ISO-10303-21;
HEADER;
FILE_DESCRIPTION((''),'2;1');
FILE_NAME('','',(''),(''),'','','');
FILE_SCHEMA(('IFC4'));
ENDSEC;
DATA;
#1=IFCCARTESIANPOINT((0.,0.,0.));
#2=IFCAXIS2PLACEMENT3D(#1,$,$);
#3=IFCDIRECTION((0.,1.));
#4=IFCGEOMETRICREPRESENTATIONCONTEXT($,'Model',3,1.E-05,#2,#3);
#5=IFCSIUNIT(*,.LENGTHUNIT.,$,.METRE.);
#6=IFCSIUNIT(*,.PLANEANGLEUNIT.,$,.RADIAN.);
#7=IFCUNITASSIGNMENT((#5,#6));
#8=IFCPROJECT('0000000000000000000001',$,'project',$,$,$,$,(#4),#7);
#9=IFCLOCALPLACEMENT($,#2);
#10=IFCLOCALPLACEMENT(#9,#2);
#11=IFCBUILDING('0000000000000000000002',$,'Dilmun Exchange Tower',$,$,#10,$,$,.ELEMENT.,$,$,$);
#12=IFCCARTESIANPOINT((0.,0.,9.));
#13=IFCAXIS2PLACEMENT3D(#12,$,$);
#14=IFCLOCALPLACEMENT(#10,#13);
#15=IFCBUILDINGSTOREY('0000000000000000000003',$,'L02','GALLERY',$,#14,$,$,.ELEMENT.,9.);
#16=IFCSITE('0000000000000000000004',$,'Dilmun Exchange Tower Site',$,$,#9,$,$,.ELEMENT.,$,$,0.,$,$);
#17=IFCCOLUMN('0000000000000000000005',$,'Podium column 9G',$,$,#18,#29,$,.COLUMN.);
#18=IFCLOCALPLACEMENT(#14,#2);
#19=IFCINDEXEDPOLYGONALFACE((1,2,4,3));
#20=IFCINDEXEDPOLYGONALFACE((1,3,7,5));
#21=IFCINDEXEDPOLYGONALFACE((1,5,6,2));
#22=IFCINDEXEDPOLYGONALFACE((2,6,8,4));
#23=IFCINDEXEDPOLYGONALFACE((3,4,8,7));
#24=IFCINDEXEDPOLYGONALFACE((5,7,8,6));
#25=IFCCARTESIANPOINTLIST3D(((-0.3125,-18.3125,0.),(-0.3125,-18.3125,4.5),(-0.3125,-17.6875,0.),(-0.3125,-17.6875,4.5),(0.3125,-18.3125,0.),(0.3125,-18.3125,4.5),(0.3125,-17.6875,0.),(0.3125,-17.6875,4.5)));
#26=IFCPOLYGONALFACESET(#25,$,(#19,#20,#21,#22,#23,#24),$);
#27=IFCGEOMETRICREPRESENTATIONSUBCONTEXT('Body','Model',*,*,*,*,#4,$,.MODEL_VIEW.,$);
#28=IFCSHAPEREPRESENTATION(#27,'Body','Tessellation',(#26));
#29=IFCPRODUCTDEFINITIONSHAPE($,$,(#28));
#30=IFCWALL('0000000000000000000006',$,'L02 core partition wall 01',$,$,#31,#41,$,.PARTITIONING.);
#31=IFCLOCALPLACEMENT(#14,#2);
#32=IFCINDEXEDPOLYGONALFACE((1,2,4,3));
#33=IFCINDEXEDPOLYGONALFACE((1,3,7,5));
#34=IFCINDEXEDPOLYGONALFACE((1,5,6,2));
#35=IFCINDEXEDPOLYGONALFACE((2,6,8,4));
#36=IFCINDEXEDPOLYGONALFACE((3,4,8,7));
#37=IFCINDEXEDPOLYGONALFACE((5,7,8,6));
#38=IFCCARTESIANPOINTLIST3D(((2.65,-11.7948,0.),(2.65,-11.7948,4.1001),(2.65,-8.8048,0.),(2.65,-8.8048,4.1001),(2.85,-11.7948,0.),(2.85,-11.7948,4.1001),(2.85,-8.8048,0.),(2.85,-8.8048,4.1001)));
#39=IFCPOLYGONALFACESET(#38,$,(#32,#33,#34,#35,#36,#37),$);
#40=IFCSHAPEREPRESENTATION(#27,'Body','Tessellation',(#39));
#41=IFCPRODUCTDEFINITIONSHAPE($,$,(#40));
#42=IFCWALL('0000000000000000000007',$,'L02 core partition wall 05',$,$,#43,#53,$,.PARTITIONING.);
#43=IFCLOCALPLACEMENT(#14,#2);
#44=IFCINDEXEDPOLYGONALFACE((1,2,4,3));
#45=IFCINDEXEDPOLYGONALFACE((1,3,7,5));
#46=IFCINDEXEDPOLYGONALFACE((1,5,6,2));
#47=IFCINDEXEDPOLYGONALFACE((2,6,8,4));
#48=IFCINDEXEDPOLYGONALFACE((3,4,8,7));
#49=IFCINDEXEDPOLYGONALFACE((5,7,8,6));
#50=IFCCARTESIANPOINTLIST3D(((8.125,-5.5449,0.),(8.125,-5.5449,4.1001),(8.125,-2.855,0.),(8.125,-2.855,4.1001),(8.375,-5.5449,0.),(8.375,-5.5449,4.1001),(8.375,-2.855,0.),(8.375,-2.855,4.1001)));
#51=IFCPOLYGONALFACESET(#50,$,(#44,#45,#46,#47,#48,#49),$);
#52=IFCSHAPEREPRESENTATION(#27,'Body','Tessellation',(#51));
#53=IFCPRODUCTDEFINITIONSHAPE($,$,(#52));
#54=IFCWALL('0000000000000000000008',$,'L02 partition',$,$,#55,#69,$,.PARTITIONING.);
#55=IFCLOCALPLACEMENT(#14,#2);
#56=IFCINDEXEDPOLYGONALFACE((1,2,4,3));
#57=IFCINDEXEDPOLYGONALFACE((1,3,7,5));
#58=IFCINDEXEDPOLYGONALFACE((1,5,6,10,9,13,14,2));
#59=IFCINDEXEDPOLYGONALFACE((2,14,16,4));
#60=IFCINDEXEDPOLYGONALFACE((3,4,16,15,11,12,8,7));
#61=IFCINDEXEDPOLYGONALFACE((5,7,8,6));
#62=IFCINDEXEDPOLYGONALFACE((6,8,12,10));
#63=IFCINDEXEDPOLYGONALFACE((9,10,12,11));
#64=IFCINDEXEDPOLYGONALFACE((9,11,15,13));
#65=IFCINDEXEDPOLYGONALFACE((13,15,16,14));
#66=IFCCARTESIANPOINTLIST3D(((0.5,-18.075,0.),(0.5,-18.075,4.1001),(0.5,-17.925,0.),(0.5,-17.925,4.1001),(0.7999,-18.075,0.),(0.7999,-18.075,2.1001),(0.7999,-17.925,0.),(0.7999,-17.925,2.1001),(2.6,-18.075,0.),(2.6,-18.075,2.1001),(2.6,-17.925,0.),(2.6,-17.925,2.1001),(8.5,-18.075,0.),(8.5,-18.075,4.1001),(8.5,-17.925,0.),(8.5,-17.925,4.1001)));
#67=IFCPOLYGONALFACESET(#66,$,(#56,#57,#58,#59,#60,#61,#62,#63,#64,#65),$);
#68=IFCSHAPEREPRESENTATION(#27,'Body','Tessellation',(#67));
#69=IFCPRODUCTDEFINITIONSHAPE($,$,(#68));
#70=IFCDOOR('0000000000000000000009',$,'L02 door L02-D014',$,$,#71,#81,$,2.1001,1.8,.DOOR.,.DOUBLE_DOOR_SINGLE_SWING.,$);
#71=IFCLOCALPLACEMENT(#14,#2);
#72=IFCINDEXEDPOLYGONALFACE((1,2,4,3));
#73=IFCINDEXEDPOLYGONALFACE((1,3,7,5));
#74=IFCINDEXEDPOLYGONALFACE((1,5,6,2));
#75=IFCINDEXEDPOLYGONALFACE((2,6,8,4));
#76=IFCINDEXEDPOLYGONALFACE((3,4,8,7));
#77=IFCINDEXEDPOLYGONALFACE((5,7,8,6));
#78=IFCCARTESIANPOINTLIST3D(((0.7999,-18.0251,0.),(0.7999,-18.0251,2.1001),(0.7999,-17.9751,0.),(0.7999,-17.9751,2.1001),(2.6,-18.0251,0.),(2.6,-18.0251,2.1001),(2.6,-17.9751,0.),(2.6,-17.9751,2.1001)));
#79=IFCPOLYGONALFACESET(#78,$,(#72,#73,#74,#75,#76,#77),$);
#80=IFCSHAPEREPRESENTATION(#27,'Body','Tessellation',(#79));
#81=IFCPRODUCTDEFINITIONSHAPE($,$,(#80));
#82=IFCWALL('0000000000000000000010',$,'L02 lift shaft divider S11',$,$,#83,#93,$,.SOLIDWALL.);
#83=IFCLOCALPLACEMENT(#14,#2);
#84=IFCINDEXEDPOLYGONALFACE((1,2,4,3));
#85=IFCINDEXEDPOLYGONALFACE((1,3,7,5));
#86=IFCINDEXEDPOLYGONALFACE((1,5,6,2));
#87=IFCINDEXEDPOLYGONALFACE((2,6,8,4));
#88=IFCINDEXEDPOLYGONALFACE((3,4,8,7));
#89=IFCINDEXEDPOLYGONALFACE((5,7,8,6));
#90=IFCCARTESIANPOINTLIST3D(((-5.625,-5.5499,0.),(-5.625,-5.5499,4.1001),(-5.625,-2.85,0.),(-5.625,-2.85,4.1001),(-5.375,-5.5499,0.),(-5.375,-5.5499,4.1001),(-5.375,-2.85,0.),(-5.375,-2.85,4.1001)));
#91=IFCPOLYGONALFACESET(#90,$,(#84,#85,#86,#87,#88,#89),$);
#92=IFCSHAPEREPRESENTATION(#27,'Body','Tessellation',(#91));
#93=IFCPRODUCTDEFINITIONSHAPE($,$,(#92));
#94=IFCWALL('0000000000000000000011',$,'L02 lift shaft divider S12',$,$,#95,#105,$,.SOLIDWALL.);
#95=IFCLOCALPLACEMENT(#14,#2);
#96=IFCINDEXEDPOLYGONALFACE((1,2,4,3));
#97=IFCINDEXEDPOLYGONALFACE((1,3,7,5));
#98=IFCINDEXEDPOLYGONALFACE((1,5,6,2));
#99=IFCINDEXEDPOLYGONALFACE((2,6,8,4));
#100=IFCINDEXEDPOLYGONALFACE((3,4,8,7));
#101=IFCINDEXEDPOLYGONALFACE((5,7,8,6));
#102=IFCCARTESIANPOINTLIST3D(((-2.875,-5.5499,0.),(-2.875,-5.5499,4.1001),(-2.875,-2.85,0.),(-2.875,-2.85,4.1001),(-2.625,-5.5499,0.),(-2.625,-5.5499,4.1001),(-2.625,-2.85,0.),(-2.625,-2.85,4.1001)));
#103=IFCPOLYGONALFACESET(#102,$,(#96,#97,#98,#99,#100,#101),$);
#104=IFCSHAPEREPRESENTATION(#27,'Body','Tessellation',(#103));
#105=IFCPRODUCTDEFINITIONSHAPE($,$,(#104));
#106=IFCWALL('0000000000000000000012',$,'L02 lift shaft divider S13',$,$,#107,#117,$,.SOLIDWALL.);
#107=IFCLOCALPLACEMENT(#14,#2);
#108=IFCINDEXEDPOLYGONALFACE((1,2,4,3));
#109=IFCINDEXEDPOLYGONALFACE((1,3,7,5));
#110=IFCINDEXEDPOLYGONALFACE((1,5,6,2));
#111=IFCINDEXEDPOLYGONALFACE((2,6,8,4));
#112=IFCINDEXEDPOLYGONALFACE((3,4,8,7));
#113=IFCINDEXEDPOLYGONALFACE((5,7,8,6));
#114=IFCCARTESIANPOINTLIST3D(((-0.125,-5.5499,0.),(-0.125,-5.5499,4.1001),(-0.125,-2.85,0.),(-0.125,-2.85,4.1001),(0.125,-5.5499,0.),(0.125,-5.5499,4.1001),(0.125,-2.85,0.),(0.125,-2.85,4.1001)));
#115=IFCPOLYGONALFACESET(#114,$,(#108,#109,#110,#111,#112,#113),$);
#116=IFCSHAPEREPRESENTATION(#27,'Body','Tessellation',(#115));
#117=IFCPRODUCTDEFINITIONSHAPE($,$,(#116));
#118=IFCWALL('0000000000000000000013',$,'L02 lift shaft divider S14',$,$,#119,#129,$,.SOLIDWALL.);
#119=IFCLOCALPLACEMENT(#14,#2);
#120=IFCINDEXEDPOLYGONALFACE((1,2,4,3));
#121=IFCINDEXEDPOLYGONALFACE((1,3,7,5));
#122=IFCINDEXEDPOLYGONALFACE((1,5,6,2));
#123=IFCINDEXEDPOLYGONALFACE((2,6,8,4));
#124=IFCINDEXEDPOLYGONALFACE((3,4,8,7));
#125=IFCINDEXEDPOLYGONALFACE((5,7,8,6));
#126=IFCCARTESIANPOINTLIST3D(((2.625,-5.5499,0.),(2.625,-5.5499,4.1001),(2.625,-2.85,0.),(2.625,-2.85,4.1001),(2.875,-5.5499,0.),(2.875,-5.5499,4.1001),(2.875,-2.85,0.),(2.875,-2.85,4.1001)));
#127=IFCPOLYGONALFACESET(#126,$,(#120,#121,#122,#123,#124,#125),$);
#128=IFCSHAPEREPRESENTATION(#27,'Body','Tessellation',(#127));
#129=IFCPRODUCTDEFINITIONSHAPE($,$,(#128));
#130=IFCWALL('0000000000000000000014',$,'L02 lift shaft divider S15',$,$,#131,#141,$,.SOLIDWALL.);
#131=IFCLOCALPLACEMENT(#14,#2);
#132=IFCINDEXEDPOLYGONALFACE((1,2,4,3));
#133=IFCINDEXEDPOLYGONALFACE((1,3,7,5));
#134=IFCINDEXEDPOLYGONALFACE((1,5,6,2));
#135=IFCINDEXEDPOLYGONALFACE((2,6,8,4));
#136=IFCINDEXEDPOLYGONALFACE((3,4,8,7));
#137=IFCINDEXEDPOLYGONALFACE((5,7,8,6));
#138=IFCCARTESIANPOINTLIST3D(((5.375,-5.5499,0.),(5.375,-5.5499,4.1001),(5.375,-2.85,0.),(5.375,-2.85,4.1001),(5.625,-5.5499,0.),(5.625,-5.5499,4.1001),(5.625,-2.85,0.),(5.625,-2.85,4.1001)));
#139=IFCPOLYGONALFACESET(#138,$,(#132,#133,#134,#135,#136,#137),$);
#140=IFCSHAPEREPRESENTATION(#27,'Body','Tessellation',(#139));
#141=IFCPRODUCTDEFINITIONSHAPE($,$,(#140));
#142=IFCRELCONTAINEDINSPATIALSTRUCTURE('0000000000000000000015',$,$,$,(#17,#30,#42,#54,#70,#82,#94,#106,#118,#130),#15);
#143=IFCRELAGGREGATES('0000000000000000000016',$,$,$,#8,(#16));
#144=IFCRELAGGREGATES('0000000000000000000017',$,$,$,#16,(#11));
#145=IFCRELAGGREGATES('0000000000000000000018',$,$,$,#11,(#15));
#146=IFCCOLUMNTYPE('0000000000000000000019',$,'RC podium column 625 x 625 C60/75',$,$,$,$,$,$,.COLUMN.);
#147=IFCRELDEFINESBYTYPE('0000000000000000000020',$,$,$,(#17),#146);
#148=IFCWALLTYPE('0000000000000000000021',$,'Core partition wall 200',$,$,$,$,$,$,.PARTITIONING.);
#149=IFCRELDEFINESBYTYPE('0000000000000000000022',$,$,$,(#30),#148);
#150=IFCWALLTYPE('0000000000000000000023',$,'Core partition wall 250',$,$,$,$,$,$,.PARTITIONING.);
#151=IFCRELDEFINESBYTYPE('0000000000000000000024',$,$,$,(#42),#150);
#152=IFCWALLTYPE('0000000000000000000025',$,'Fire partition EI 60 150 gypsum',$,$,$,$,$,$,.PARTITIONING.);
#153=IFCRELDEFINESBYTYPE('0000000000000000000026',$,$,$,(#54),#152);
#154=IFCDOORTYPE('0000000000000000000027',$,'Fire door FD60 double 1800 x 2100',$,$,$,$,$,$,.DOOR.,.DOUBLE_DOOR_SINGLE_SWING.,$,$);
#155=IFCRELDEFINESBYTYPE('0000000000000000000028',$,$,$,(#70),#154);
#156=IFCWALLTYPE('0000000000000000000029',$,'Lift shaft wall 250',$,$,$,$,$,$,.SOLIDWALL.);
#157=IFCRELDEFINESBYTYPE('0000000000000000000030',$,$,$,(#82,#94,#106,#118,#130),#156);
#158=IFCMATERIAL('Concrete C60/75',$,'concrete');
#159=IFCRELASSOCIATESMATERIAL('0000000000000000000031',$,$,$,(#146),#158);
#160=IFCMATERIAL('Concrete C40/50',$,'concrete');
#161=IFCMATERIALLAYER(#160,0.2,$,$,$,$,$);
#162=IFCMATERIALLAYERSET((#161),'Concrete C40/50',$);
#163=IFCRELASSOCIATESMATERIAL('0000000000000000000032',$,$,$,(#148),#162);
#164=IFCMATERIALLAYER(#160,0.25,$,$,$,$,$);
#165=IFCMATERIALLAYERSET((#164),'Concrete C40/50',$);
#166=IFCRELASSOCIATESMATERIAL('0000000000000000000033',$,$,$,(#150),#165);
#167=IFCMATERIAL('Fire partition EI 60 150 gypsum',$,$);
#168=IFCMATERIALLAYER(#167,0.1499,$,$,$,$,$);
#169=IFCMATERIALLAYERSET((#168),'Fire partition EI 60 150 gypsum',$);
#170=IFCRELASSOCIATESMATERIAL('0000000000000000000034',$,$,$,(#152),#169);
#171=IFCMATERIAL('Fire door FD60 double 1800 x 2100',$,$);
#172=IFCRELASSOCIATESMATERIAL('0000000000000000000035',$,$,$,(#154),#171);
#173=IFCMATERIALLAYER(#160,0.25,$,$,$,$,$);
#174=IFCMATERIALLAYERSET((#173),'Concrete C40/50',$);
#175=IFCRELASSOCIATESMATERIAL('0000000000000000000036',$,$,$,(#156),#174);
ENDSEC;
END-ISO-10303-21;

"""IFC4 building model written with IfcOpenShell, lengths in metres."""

from ifc_helpers import new_model, si_unit, direction, frame, frame_2d, origin, origin_2d, place, context, subcontext, project, spatial, rectangle, extrude, material, layer, layer_set, material_profile, profile_set, type_object, element, fill, save


model = new_model("IFC4")

# Units and contexts
model_context = context("Model", 3, precision=1e-05, world=origin(), true_north=direction((0.0, 1.0)))
body_context = subcontext(model_context, "Body", "Model", "MODEL_VIEW")
ifc_project = project(units=[si_unit("LENGTHUNIT", "METRE"), si_unit("PLANEANGLEUNIT", "RADIAN")], contexts=[model_context])

# Site, building, storey
site_placement = place(None, origin())
site = spatial("IfcSite", under=ifc_project, at=site_placement, Name="Dilmun Exchange Tower Site", CompositionType="ELEMENT", RefElevation=0.0)
building_placement = place(site_placement, origin())
building = spatial("IfcBuilding", under=site, at=building_placement, Name="Dilmun Exchange Tower", CompositionType="ELEMENT")
storey_placement = place(building_placement, frame((0.0, 0.0, 9.0)))
storey = spatial("IfcBuildingStorey", under=building, at=storey_placement, Name="L02", Description="GALLERY", CompositionType="ELEMENT", Elevation=9.0)

# Column
ifc_material_1 = material(Name="Concrete C60/75", Category="concrete")
ifc_material_profile = material_profile(ifc_material_1, rectangle(XDim=0.625, YDim=0.625, at=origin_2d()), Name="625 x 625")
ifc_profile_set = profile_set([ifc_material_profile], Name="Concrete C60/75")
column_type = type_object("IfcColumnType", Name="RC podium column 625 x 625 C60/75", PredefinedType="COLUMN", material=ifc_profile_set)
column_placement = place(storey_placement, frame((0.0, -18.0, 0.0), z_axis=(0.0, 0.0, 1.0), x_axis=(1.0, 0.0, 0.0)))
element("IfcColumn", 1, at=column_placement, inside=storey, type_object=column_type, Name="Podium column 9G", PredefinedType="COLUMN", context=body_context, shape_type="SweptSolid", body=[
    extrude(rectangle(XDim=0.625, YDim=0.625, at=origin_2d()), origin(), (0.0, 0.0, 1.0), 4.5),
])

# Walls
ifc_material_2 = material(Name="Concrete C40/50", Category="concrete")
ifc_layer_1 = layer(ifc_material_2, 0.2)
ifc_layer_set_1 = layer_set([ifc_layer_1], Name="Concrete C40/50")
wall_type_1 = type_object("IfcWallType", Name="Core partition wall 200", PredefinedType="PARTITIONING", material=ifc_layer_set_1)
wall_1_placement = place(storey_placement, frame((2.75, -11.7949, 0.0), z_axis=(0.0, 0.0, 1.0), x_axis=(0.0, 1.0, 0.0)))
element("IfcWall", 2, at=wall_1_placement, inside=storey, type_object=wall_type_1, Name="L02 core partition wall 01", PredefinedType="PARTITIONING", context=body_context, shape_type="SweptSolid", body=[
    extrude(rectangle(XDim=2.99, YDim=0.2, at=frame_2d((1.4951, 0.0))), origin(), (0.0, 0.0, 1.0), 4.1001),
])
ifc_layer_2 = layer(ifc_material_2, 0.25)
ifc_layer_set_2 = layer_set([ifc_layer_2], Name="Concrete C40/50")
wall_type_2 = type_object("IfcWallType", Name="Core partition wall 250", PredefinedType="PARTITIONING", material=ifc_layer_set_2)
wall_2_placement = place(storey_placement, frame((8.25, -5.5449, 0.0), z_axis=(0.0, 0.0, 1.0), x_axis=(0.0, 1.0, 0.0)))
element("IfcWall", 3, at=wall_2_placement, inside=storey, type_object=wall_type_2, Name="L02 core partition wall 05", PredefinedType="PARTITIONING", context=body_context, shape_type="SweptSolid", body=[
    extrude(rectangle(XDim=2.6899, YDim=0.25, at=frame_2d((1.345, 0.0))), origin(), (0.0, 0.0, 1.0), 4.1001),
])

# Wall, opening, door
ifc_material_3 = material(Name="Fire partition EI 60 150 gypsum")
ifc_layer_3 = layer(ifc_material_3, 0.1499)
ifc_layer_set_3 = layer_set([ifc_layer_3], Name="Fire partition EI 60 150 gypsum")
wall_type_3 = type_object("IfcWallType", Name="Fire partition EI 60 150 gypsum", PredefinedType="PARTITIONING", material=ifc_layer_set_3)
wall_3_placement = place(storey_placement, frame((0.5, -18.0, 0.0), z_axis=(0.0, 0.0, 1.0), x_axis=(1.0, 0.0, 0.0)))
wall_3 = element("IfcWall", 4, at=wall_3_placement, inside=storey, type_object=wall_type_3, Name="L02 partition", PredefinedType="PARTITIONING", context=body_context, shape_type="SweptSolid", body=[
    extrude(rectangle(XDim=8.0, YDim=0.1499, at=frame_2d((4.0, 0.0))), origin(), (0.0, 0.0, 1.0), 4.1001),
])
opening_1_placement = place(wall_3_placement, frame((0.3, 0.0, 0.0)))
opening_1 = element("IfcOpeningElement", 5, at=opening_1_placement, cuts=wall_3, PredefinedType="OPENING", context=body_context, shape_type="SweptSolid", body=[
    extrude(rectangle(XDim=1.8, YDim=2.1001, at=frame_2d((0.8999, 1.05))), frame((0.0, 0.085, 0.0), z_axis=(0.0, -1.0, 0.0), x_axis=(1.0, 0.0, 0.0)), (0.0, 0.0, 1.0), 0.1699),
])
ifc_material_4 = material(Name="Fire door FD60 double 1800 x 2100")
door_type_1 = type_object("IfcDoorType", Name="Fire door FD60 double 1800 x 2100", OperationType="DOUBLE_DOOR_SINGLE_SWING", PredefinedType="DOOR", material=ifc_material_4)
door_1_placement = place(opening_1_placement, origin())
door_1 = element("IfcDoor", 6, at=door_1_placement, inside=storey, type_object=door_type_1, Name="L02 door L02-D014", OperationType="DOUBLE_DOOR_SINGLE_SWING", OverallHeight=2.1001, OverallWidth=1.8, PredefinedType="DOOR", context=body_context, shape_type="SweptSolid", body=[
    extrude(rectangle(XDim=1.8, YDim=2.1001, at=frame_2d((0.8999, 1.05))), frame((0.0, 0.0249, 0.0), z_axis=(0.0, -1.0, 0.0), x_axis=(1.0, 0.0, 0.0)), (0.0, 0.0, 1.0), 0.05),
])
fill(opening_1, door_1)

# Walls
ifc_layer_4 = layer(ifc_material_2, 0.25)
ifc_layer_set_4 = layer_set([ifc_layer_4], Name="Concrete C40/50")
wall_type_4 = type_object("IfcWallType", Name="Lift shaft wall 250", PredefinedType="SOLIDWALL", material=ifc_layer_set_4)
for number, where, z_axis, x_axis, name in (
    (7, (-5.5, -5.55, 0.0), (0.0, 0.0, 1.0), (0.0, 1.0, 0.0), "L02 lift shaft divider S11"),
    (8, (-2.75, -5.55, 0.0), (0.0, 0.0, 1.0), (0.0, 1.0, 0.0), "L02 lift shaft divider S12"),
    (9, (0.0, -5.55, 0.0), (0.0, 0.0, 1.0), (0.0, 1.0, 0.0), "L02 lift shaft divider S13"),
    (10, (2.75, -5.55, 0.0), (0.0, 0.0, 1.0), (0.0, 1.0, 0.0), "L02 lift shaft divider S14"),
    (11, (5.5, -5.55, 0.0), (0.0, 0.0, 1.0), (0.0, 1.0, 0.0), "L02 lift shaft divider S15"),
):
    element("IfcWall", number, at=place(storey_placement, frame(where, z_axis=z_axis, x_axis=x_axis)), inside=storey, type_object=wall_type_4, Name=name, PredefinedType="SOLIDWALL", context=body_context, shape_type="SweptSolid", body=[
        extrude(rectangle(XDim=2.7, YDim=0.25, at=frame_2d((1.3501, 0.0))), origin(), (0.0, 0.0, 1.0), 4.1001),
    ])

save(model, "model.ifc")
